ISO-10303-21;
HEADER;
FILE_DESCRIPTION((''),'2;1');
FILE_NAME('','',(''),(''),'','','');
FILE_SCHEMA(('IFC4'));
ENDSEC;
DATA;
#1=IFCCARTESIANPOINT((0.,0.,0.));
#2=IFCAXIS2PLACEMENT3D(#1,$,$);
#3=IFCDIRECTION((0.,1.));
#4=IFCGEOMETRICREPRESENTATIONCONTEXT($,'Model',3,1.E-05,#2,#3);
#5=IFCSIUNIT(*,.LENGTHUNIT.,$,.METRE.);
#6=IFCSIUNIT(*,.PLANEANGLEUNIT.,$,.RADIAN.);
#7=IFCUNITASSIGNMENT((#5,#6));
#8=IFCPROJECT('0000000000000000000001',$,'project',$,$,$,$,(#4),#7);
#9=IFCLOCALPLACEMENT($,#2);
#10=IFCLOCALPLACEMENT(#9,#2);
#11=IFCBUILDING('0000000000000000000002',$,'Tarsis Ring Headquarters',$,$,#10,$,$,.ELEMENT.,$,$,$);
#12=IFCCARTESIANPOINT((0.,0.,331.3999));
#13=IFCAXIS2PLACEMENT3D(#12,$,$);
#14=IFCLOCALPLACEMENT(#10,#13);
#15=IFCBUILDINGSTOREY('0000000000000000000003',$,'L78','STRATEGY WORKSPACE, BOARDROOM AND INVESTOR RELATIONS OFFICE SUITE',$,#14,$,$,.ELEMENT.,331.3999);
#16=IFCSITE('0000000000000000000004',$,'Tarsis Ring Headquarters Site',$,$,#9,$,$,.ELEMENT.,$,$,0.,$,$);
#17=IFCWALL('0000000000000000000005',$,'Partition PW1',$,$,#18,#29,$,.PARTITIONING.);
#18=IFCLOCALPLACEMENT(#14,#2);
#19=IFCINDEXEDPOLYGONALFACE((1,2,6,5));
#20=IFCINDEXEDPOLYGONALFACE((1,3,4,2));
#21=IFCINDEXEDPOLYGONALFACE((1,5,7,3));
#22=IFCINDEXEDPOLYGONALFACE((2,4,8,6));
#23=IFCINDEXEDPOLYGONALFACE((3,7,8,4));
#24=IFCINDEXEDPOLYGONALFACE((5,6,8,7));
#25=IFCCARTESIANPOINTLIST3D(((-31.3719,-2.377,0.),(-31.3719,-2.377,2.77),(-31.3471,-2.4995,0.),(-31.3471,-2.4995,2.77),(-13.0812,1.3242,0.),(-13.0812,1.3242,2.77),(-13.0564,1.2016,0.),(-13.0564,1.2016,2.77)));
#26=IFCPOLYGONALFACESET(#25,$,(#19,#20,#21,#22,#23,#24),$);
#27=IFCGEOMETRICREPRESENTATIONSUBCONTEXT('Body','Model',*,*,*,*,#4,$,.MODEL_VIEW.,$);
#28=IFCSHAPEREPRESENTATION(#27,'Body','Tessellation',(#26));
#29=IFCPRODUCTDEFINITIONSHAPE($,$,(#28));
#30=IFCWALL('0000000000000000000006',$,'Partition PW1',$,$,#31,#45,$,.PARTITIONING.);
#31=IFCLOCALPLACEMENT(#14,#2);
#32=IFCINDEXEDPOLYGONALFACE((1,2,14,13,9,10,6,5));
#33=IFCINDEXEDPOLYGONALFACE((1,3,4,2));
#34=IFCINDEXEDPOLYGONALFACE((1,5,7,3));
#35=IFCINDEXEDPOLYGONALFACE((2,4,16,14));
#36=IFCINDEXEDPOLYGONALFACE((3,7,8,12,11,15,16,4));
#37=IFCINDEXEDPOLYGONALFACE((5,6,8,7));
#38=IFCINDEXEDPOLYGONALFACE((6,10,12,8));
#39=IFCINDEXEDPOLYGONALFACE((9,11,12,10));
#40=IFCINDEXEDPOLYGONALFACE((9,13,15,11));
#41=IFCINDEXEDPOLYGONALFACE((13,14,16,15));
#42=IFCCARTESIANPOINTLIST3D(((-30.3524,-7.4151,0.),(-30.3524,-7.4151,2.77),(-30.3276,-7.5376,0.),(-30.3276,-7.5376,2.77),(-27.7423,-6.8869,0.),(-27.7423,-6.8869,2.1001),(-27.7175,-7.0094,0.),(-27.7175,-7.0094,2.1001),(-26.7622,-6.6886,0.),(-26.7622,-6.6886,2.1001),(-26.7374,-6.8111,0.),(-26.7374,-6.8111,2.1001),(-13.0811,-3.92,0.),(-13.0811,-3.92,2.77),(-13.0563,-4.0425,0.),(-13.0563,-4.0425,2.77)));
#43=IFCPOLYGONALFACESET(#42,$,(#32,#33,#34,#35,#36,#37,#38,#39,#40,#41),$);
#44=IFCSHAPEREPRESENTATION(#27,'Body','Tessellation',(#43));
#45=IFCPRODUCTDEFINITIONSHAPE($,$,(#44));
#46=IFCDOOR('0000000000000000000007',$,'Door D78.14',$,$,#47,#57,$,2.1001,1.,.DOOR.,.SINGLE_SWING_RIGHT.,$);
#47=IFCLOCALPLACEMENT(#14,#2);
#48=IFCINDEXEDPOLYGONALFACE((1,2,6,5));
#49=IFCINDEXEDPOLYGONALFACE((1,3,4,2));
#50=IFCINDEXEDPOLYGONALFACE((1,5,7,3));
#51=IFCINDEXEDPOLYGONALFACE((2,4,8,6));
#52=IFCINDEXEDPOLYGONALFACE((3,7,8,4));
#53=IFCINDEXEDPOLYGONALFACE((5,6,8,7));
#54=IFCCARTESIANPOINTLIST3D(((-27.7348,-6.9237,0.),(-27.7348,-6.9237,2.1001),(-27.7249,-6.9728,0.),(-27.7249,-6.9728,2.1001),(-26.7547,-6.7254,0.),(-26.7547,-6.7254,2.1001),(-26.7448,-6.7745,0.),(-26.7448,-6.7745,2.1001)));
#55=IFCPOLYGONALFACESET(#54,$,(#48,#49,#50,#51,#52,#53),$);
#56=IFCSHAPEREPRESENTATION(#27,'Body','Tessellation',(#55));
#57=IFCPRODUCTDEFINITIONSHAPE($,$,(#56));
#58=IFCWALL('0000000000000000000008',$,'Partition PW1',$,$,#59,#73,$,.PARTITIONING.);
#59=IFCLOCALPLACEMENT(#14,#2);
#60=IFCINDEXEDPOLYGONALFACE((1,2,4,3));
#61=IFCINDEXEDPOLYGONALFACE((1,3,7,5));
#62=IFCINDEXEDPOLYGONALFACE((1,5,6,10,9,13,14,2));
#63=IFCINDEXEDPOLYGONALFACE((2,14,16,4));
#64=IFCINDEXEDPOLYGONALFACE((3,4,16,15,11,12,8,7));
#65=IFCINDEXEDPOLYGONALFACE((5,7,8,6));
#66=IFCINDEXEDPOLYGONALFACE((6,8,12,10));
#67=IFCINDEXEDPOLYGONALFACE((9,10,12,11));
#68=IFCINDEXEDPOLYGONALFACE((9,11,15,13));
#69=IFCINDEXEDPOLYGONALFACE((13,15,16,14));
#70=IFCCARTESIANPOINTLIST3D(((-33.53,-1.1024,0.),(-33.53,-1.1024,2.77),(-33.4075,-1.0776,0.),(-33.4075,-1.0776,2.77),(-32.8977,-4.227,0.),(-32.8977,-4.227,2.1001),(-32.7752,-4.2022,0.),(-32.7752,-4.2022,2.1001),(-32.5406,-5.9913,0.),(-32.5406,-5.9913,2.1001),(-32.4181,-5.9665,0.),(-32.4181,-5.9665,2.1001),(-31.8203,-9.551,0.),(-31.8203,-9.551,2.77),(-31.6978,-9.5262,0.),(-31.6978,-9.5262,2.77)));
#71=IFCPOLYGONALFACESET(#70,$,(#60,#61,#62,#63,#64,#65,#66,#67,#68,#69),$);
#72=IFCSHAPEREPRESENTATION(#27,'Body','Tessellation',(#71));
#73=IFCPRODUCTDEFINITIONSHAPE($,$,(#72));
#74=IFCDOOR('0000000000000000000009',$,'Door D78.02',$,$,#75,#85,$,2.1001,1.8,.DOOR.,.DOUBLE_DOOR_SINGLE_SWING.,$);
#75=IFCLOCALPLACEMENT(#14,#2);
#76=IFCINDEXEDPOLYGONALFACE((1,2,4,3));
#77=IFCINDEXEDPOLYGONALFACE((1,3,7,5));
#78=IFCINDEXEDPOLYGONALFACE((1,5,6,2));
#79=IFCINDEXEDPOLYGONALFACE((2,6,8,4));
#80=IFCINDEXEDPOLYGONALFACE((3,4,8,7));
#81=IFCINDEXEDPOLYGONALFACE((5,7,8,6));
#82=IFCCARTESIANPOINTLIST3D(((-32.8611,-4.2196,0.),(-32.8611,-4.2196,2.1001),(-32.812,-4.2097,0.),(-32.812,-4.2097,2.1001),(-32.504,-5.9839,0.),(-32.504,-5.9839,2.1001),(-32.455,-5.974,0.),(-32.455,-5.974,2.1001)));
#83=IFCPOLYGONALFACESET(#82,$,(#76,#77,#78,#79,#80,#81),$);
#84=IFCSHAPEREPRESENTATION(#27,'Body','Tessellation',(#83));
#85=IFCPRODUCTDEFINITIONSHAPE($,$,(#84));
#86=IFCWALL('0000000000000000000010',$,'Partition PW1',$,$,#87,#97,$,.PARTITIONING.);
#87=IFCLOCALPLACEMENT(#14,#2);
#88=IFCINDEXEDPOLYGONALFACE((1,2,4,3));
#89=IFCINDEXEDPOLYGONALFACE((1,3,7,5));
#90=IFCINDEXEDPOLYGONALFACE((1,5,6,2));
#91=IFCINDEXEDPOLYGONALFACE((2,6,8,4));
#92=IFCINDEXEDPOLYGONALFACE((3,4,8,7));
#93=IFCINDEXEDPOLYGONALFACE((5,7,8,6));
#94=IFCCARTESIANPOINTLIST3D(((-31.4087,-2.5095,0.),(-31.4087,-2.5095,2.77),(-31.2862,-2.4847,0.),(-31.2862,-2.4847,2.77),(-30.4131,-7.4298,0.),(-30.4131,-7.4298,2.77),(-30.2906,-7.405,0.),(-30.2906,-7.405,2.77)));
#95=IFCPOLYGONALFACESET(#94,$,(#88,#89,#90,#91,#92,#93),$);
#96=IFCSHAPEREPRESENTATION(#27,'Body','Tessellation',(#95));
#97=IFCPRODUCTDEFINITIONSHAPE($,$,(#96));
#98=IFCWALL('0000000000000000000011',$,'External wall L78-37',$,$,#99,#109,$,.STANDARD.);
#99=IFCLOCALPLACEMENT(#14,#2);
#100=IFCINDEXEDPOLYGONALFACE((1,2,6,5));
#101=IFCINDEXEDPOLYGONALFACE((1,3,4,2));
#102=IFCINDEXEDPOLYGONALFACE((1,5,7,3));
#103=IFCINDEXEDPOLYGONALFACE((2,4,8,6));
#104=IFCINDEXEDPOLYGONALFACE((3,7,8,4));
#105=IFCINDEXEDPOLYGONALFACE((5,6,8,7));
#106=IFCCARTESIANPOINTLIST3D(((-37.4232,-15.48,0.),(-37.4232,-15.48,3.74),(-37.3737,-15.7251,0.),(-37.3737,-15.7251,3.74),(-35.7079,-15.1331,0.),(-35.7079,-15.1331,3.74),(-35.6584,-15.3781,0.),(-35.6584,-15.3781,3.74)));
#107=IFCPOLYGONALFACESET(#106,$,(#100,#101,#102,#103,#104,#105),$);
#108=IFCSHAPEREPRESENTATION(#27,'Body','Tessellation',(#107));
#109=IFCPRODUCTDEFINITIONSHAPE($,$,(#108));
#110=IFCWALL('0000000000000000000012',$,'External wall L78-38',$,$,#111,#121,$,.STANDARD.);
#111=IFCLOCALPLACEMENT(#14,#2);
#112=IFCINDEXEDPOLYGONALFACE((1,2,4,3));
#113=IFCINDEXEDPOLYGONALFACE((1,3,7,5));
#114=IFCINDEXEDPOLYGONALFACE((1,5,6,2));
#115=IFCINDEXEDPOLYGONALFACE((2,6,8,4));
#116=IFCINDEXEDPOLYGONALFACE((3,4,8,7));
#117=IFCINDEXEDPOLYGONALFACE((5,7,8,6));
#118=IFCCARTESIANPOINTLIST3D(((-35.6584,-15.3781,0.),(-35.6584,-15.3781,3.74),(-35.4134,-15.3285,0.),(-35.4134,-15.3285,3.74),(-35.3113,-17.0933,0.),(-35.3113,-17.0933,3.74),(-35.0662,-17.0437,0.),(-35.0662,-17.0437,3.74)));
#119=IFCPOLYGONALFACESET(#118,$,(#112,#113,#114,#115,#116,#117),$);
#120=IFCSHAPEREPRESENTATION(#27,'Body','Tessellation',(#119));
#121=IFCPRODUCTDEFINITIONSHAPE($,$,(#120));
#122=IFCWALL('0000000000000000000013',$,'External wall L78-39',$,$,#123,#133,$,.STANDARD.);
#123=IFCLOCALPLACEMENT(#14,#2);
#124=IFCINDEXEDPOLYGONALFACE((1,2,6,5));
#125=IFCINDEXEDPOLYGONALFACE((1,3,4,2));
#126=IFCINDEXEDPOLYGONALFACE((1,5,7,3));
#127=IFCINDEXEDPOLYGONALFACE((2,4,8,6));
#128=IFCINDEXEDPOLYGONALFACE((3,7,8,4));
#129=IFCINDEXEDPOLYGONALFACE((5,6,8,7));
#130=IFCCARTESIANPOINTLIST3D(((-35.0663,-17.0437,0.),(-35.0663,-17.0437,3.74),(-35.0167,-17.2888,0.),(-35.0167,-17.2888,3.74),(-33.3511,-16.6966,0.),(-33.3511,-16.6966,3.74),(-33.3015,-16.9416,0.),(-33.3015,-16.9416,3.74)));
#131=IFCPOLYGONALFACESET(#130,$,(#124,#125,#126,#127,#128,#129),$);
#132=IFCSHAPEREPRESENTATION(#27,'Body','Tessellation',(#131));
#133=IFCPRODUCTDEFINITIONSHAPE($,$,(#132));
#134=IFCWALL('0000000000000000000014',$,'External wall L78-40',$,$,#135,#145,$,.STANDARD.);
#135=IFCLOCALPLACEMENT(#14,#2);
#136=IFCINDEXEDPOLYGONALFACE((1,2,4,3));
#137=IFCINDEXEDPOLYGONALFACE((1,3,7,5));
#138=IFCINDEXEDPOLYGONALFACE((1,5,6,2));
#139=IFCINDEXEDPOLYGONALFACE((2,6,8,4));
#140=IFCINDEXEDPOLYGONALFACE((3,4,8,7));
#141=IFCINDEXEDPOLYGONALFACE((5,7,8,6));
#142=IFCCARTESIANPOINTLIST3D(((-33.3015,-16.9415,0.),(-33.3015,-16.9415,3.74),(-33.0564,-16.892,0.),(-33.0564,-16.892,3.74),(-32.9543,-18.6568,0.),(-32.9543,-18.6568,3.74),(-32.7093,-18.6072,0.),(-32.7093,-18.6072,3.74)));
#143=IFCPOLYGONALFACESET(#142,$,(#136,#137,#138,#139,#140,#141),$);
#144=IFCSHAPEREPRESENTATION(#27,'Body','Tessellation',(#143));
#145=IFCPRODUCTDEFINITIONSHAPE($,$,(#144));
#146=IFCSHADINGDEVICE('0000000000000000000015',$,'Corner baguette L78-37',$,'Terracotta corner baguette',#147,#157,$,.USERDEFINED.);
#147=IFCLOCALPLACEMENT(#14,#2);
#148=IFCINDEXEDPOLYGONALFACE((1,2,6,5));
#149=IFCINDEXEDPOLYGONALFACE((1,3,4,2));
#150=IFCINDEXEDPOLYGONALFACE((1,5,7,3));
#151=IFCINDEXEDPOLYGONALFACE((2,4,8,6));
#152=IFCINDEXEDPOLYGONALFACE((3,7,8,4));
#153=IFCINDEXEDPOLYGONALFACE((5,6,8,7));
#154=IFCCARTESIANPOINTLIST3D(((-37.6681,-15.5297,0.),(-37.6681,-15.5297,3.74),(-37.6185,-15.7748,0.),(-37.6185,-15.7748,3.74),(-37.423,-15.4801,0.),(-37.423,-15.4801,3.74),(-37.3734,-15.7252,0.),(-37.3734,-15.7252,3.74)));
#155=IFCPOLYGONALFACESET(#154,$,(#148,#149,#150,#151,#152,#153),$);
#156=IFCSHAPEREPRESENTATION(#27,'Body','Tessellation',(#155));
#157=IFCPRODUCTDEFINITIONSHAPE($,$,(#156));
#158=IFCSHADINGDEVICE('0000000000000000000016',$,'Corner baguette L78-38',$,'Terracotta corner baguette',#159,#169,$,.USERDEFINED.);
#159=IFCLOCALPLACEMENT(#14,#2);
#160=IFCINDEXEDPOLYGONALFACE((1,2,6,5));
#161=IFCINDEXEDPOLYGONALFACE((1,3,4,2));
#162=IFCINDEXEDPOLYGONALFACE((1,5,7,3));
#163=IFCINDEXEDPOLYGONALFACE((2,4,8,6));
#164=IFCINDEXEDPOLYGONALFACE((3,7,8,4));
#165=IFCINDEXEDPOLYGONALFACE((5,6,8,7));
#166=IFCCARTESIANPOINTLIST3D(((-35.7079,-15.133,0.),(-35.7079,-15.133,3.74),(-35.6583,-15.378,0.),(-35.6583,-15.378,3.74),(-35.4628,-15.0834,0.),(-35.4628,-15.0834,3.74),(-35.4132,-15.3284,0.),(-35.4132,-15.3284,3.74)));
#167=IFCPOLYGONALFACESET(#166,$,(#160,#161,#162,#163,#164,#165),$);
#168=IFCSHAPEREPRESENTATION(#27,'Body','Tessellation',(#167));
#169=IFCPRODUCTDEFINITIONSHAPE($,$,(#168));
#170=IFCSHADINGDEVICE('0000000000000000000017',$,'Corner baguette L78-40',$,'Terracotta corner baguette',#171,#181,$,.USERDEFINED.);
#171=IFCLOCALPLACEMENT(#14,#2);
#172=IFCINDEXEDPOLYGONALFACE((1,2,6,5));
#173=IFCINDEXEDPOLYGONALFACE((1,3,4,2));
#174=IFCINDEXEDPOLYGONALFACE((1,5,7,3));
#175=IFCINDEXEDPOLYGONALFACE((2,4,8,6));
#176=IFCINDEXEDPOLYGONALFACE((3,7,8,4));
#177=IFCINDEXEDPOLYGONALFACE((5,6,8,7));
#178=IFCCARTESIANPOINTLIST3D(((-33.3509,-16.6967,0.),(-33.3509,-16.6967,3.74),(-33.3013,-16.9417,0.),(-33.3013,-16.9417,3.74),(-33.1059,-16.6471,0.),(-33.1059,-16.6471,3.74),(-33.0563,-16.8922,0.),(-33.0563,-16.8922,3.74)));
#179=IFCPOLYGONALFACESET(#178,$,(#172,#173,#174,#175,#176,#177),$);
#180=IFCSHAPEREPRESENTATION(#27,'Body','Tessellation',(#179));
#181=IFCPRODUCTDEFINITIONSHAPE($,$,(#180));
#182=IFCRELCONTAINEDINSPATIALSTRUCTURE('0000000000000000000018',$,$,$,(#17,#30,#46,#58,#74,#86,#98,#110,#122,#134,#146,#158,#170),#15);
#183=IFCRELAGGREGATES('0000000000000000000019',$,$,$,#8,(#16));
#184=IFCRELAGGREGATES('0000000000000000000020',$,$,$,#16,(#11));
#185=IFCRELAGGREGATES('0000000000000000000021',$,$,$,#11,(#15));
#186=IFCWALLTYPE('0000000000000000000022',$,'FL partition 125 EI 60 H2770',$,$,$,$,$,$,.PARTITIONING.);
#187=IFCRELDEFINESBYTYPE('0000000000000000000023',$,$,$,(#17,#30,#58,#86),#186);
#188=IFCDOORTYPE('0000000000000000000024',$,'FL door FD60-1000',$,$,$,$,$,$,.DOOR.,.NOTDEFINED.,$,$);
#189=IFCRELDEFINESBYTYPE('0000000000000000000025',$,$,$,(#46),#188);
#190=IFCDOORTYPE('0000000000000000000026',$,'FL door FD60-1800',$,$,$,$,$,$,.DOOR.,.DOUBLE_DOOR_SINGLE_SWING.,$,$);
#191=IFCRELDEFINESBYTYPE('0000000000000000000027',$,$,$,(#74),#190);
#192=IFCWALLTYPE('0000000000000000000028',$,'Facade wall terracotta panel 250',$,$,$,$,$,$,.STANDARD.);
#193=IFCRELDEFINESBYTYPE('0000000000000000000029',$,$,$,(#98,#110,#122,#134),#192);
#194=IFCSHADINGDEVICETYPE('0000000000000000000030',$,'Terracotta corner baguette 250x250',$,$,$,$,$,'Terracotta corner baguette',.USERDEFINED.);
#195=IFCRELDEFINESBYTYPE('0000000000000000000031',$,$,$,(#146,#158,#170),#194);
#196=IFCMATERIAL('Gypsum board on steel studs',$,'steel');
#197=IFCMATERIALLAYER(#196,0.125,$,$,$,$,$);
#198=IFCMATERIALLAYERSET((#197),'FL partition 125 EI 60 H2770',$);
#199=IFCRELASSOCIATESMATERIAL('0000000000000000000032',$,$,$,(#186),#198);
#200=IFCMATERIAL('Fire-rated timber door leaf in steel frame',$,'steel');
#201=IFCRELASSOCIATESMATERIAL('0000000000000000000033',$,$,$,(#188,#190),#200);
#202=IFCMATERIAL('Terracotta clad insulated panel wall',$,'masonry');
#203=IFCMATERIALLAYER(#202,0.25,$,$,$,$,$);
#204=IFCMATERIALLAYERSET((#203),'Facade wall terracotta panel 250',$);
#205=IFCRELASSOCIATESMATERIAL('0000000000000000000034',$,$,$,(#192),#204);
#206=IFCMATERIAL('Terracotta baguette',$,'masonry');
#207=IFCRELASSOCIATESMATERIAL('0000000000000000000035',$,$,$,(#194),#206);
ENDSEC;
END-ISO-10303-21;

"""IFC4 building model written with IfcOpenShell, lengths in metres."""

from ifc_helpers import new_model, si_unit, direction, frame, frame_2d, origin, origin_2d, place, context, subcontext, project, spatial, rectangle, extrude, material, layer, layer_set, type_object, element, fill, save


model = new_model("IFC4")

# Units and contexts
model_context = context("Model", 3, precision=1e-05, world=origin(), true_north=direction((0.0, 1.0)))
body_context = subcontext(model_context, "Body", "Model", "MODEL_VIEW")
ifc_project = project(units=[si_unit("LENGTHUNIT", "METRE"), si_unit("PLANEANGLEUNIT", "RADIAN")], contexts=[model_context])

# Site, building, storey
site_placement = place(None, origin())
site = spatial("IfcSite", under=ifc_project, at=site_placement, Name="Tarsis Ring Headquarters Site", CompositionType="ELEMENT", RefElevation=0.0)
building_placement = place(site_placement, origin())
building = spatial("IfcBuilding", under=site, at=building_placement, Name="Tarsis Ring Headquarters", CompositionType="ELEMENT")
storey_placement = place(building_placement, frame((0.0, 0.0, 331.3999)))
storey = spatial("IfcBuildingStorey", under=building, at=storey_placement, Name="L78", Description="STRATEGY WORKSPACE, BOARDROOM AND INVESTOR RELATIONS OFFICE SUITE", CompositionType="ELEMENT", Elevation=331.3999)

# Shared definitions
ifc_material_1 = material(Name="Gypsum board on steel studs", Category="steel")
ifc_layer_1 = layer(ifc_material_1, 0.125)
ifc_layer_set_1 = layer_set([ifc_layer_1], Name="FL partition 125 EI 60 H2770")
wall_type_1 = type_object("IfcWallType", Name="FL partition 125 EI 60 H2770", PredefinedType="PARTITIONING", material=ifc_layer_set_1)

# Shared definitions
ifc_material_2 = material(Name="Fire-rated timber door leaf in steel frame", Category="steel")
door_type_1 = type_object("IfcDoorType", Name="FL door FD60-1000", OperationType="NOTDEFINED", PredefinedType="DOOR", material=ifc_material_2)

# Wall
wall_1_placement = place(storey_placement, frame((-31.3594, -2.4382, 0.0), z_axis=(0.0, 0.0, 1.0), x_axis=(0.980135, 0.198332, 0.0)))
element("IfcWall", 1, at=wall_1_placement, inside=storey, type_object=wall_type_1, Name="Partition PW1", PredefinedType="PARTITIONING", context=body_context, shape_type="SweptSolid", body=[
    extrude(rectangle(XDim=18.6614, YDim=0.125, at=frame_2d((9.3306, 0.0))), origin(), (0.0, 0.0, 1.0), 2.77),
])

# Walls, openings, doors
wall_2_placement = place(storey_placement, frame((-30.3398, -7.4763, 0.0), z_axis=(0.0, 0.0, 1.0), x_axis=(0.980132, 0.198346, 0.0)))
wall_2 = element("IfcWall", 2, at=wall_2_placement, inside=storey, type_object=wall_type_1, Name="Partition PW1", PredefinedType="PARTITIONING", context=body_context, shape_type="SweptSolid", body=[
    extrude(rectangle(XDim=17.6213, YDim=0.125, at=frame_2d((8.8105, 0.0))), origin(), (0.0, 0.0, 1.0), 2.77),
])
opening_1_placement = place(wall_2_placement, frame((2.6628, 0.0, 0.0)))
opening_1 = element("IfcOpeningElement", 3, at=opening_1_placement, cuts=wall_2, PredefinedType="OPENING", context=body_context, shape_type="SweptSolid", body=[
    extrude(rectangle(XDim=1.0, YDim=2.1001, at=frame_2d((0.5, 1.05))), frame((0.0, 0.0725, 0.0), z_axis=(0.0, -1.0, 0.0), x_axis=(1.0, 0.0, 0.0)), (0.0, 0.0, 1.0), 0.145),
])
door_1_placement = place(opening_1_placement, origin())
door_1 = element("IfcDoor", 4, at=door_1_placement, inside=storey, type_object=door_type_1, Name="Door D78.14", OperationType="SINGLE_SWING_RIGHT", OverallHeight=2.1001, OverallWidth=1.0, PredefinedType="DOOR", context=body_context, shape_type="SweptSolid", body=[
    extrude(rectangle(XDim=1.0, YDim=2.1001, at=frame_2d((0.5, 1.05))), frame((0.0, 0.0249, 0.0), z_axis=(0.0, -1.0, 0.0), x_axis=(1.0, 0.0, 0.0)), (0.0, 0.0, 1.0), 0.05),
])
fill(opening_1, door_1)
wall_3_placement = place(storey_placement, frame((-33.4688, -1.0898, 0.0), z_axis=(0.0, 0.0, 1.0), x_axis=(0.198343, -0.980133, 0.0)))
wall_3 = element("IfcWall", 5, at=wall_3_placement, inside=storey, type_object=wall_type_1, Name="Partition PW1", PredefinedType="PARTITIONING", context=body_context, shape_type="SweptSolid", body=[
    extrude(rectangle(XDim=8.6199, YDim=0.125, at=frame_2d((4.3101, 0.0))), origin(), (0.0, 0.0, 1.0), 2.77),
])
opening_2_placement = place(wall_3_placement, frame((3.1882, 0.0, 0.0)))
opening_2 = element("IfcOpeningElement", 6, at=opening_2_placement, cuts=wall_3, PredefinedType="OPENING", context=body_context, shape_type="SweptSolid", body=[
    extrude(rectangle(XDim=1.8, YDim=2.1001, at=frame_2d((0.8999, 1.05))), frame((0.0, 0.0725, 0.0), z_axis=(0.0, -1.0, 0.0), x_axis=(1.0, 0.0, 0.0)), (0.0, 0.0, 1.0), 0.145),
])
door_type_2 = type_object("IfcDoorType", Name="FL door FD60-1800", OperationType="DOUBLE_DOOR_SINGLE_SWING", PredefinedType="DOOR", material=ifc_material_2)
door_2_placement = place(opening_2_placement, origin())
door_2 = element("IfcDoor", 7, at=door_2_placement, inside=storey, type_object=door_type_2, Name="Door D78.02", OperationType="DOUBLE_DOOR_SINGLE_SWING", OverallHeight=2.1001, OverallWidth=1.8, PredefinedType="DOOR", context=body_context, shape_type="SweptSolid", body=[
    extrude(rectangle(XDim=1.8, YDim=2.1001, at=frame_2d((0.8999, 1.05))), frame((0.0, 0.0249, 0.0), z_axis=(0.0, -1.0, 0.0), x_axis=(1.0, 0.0, 0.0)), (0.0, 0.0, 1.0), 0.05),
])
fill(opening_2, door_2)

# Walls
wall_4_placement = place(storey_placement, frame((-31.3474, -2.4971, 0.0), z_axis=(0.0, 0.0, 1.0), x_axis=(0.198323, -0.980137, 0.0)))
element("IfcWall", 8, at=wall_4_placement, inside=storey, type_object=wall_type_1, Name="Partition PW1", PredefinedType="PARTITIONING", context=body_context, shape_type="SweptSolid", body=[
    extrude(rectangle(XDim=5.02, YDim=0.125, at=frame_2d((2.51, 0.0))), origin(), (0.0, 0.0, 1.0), 2.77),
])
ifc_material_3 = material(Name="Terracotta clad insulated panel wall", Category="masonry")
ifc_layer_2 = layer(ifc_material_3, 0.25)
ifc_layer_set_2 = layer_set([ifc_layer_2], Name="Facade wall terracotta panel 250")
wall_type_2 = type_object("IfcWallType", Name="Facade wall terracotta panel 250", PredefinedType="STANDARD", material=ifc_layer_set_2)
for number, where, z_axis, x_axis, name in (
    (9, (-37.3984, -15.6025, 0.0), (0.0, 0.0, 1.0), (0.980155, 0.198235, 0.0), "External wall L78-37"),
    (10, (-35.5359, -15.3533, 0.0), (0.0, 0.0, 1.0), (0.198369, -0.980127, 0.0), "External wall L78-38"),
    (11, (-35.0415, -17.1663, 0.0), (0.0, 0.0, 1.0), (0.980127, 0.198369, 0.0), "External wall L78-39"),
    (12, (-33.179, -16.9167, 0.0), (0.0, 0.0, 1.0), (0.198369, -0.980127, 0.0), "External wall L78-40"),
):
    element("IfcWall", number, at=place(storey_placement, frame(where, z_axis=z_axis, x_axis=x_axis)), inside=storey, type_object=wall_type_2, Name=name, PredefinedType="STANDARD", context=body_context, shape_type="SweptSolid", body=[
        extrude(rectangle(XDim=1.75, YDim=0.25, at=frame_2d((0.875, 0.0))), origin(), (0.0, 0.0, 1.0), 3.74),
    ])

# Shading devices
ifc_material_4 = material(Name="Terracotta baguette", Category="masonry")
shading_device_type_1 = type_object("IfcShadingDeviceType", Name="Terracotta corner baguette 250x250", ElementType="Terracotta corner baguette", PredefinedType="USERDEFINED", material=ifc_material_4)
for number, where, z_axis, x_axis, name in (
    (13, (-37.5208, -15.6274, 0.0), (0.0, 0.0, 1.0), (0.198342, -0.980133, 0.0), "Corner baguette L78-37"),
    (14, (-35.5605, -15.2307, 0.0), (0.0, 0.0, 1.0), (0.980133, 0.198342, 0.0), "Corner baguette L78-38"),
    (15, (-33.2036, -16.7944, 0.0), (0.0, 0.0, 1.0), (0.980133, 0.198341, 0.0), "Corner baguette L78-40"),
):
    element("IfcShadingDevice", number, at=place(storey_placement, frame(where, z_axis=z_axis, x_axis=x_axis)), inside=storey, type_object=shading_device_type_1, Name=name, ObjectType="Terracotta corner baguette", PredefinedType="USERDEFINED", context=body_context, shape_type="SweptSolid", body=[
        extrude(rectangle(XDim=0.25, YDim=0.25, at=origin_2d()), origin(), (0.0, 0.0, 1.0), 3.74),
    ])

save(model, "model.ifc")
